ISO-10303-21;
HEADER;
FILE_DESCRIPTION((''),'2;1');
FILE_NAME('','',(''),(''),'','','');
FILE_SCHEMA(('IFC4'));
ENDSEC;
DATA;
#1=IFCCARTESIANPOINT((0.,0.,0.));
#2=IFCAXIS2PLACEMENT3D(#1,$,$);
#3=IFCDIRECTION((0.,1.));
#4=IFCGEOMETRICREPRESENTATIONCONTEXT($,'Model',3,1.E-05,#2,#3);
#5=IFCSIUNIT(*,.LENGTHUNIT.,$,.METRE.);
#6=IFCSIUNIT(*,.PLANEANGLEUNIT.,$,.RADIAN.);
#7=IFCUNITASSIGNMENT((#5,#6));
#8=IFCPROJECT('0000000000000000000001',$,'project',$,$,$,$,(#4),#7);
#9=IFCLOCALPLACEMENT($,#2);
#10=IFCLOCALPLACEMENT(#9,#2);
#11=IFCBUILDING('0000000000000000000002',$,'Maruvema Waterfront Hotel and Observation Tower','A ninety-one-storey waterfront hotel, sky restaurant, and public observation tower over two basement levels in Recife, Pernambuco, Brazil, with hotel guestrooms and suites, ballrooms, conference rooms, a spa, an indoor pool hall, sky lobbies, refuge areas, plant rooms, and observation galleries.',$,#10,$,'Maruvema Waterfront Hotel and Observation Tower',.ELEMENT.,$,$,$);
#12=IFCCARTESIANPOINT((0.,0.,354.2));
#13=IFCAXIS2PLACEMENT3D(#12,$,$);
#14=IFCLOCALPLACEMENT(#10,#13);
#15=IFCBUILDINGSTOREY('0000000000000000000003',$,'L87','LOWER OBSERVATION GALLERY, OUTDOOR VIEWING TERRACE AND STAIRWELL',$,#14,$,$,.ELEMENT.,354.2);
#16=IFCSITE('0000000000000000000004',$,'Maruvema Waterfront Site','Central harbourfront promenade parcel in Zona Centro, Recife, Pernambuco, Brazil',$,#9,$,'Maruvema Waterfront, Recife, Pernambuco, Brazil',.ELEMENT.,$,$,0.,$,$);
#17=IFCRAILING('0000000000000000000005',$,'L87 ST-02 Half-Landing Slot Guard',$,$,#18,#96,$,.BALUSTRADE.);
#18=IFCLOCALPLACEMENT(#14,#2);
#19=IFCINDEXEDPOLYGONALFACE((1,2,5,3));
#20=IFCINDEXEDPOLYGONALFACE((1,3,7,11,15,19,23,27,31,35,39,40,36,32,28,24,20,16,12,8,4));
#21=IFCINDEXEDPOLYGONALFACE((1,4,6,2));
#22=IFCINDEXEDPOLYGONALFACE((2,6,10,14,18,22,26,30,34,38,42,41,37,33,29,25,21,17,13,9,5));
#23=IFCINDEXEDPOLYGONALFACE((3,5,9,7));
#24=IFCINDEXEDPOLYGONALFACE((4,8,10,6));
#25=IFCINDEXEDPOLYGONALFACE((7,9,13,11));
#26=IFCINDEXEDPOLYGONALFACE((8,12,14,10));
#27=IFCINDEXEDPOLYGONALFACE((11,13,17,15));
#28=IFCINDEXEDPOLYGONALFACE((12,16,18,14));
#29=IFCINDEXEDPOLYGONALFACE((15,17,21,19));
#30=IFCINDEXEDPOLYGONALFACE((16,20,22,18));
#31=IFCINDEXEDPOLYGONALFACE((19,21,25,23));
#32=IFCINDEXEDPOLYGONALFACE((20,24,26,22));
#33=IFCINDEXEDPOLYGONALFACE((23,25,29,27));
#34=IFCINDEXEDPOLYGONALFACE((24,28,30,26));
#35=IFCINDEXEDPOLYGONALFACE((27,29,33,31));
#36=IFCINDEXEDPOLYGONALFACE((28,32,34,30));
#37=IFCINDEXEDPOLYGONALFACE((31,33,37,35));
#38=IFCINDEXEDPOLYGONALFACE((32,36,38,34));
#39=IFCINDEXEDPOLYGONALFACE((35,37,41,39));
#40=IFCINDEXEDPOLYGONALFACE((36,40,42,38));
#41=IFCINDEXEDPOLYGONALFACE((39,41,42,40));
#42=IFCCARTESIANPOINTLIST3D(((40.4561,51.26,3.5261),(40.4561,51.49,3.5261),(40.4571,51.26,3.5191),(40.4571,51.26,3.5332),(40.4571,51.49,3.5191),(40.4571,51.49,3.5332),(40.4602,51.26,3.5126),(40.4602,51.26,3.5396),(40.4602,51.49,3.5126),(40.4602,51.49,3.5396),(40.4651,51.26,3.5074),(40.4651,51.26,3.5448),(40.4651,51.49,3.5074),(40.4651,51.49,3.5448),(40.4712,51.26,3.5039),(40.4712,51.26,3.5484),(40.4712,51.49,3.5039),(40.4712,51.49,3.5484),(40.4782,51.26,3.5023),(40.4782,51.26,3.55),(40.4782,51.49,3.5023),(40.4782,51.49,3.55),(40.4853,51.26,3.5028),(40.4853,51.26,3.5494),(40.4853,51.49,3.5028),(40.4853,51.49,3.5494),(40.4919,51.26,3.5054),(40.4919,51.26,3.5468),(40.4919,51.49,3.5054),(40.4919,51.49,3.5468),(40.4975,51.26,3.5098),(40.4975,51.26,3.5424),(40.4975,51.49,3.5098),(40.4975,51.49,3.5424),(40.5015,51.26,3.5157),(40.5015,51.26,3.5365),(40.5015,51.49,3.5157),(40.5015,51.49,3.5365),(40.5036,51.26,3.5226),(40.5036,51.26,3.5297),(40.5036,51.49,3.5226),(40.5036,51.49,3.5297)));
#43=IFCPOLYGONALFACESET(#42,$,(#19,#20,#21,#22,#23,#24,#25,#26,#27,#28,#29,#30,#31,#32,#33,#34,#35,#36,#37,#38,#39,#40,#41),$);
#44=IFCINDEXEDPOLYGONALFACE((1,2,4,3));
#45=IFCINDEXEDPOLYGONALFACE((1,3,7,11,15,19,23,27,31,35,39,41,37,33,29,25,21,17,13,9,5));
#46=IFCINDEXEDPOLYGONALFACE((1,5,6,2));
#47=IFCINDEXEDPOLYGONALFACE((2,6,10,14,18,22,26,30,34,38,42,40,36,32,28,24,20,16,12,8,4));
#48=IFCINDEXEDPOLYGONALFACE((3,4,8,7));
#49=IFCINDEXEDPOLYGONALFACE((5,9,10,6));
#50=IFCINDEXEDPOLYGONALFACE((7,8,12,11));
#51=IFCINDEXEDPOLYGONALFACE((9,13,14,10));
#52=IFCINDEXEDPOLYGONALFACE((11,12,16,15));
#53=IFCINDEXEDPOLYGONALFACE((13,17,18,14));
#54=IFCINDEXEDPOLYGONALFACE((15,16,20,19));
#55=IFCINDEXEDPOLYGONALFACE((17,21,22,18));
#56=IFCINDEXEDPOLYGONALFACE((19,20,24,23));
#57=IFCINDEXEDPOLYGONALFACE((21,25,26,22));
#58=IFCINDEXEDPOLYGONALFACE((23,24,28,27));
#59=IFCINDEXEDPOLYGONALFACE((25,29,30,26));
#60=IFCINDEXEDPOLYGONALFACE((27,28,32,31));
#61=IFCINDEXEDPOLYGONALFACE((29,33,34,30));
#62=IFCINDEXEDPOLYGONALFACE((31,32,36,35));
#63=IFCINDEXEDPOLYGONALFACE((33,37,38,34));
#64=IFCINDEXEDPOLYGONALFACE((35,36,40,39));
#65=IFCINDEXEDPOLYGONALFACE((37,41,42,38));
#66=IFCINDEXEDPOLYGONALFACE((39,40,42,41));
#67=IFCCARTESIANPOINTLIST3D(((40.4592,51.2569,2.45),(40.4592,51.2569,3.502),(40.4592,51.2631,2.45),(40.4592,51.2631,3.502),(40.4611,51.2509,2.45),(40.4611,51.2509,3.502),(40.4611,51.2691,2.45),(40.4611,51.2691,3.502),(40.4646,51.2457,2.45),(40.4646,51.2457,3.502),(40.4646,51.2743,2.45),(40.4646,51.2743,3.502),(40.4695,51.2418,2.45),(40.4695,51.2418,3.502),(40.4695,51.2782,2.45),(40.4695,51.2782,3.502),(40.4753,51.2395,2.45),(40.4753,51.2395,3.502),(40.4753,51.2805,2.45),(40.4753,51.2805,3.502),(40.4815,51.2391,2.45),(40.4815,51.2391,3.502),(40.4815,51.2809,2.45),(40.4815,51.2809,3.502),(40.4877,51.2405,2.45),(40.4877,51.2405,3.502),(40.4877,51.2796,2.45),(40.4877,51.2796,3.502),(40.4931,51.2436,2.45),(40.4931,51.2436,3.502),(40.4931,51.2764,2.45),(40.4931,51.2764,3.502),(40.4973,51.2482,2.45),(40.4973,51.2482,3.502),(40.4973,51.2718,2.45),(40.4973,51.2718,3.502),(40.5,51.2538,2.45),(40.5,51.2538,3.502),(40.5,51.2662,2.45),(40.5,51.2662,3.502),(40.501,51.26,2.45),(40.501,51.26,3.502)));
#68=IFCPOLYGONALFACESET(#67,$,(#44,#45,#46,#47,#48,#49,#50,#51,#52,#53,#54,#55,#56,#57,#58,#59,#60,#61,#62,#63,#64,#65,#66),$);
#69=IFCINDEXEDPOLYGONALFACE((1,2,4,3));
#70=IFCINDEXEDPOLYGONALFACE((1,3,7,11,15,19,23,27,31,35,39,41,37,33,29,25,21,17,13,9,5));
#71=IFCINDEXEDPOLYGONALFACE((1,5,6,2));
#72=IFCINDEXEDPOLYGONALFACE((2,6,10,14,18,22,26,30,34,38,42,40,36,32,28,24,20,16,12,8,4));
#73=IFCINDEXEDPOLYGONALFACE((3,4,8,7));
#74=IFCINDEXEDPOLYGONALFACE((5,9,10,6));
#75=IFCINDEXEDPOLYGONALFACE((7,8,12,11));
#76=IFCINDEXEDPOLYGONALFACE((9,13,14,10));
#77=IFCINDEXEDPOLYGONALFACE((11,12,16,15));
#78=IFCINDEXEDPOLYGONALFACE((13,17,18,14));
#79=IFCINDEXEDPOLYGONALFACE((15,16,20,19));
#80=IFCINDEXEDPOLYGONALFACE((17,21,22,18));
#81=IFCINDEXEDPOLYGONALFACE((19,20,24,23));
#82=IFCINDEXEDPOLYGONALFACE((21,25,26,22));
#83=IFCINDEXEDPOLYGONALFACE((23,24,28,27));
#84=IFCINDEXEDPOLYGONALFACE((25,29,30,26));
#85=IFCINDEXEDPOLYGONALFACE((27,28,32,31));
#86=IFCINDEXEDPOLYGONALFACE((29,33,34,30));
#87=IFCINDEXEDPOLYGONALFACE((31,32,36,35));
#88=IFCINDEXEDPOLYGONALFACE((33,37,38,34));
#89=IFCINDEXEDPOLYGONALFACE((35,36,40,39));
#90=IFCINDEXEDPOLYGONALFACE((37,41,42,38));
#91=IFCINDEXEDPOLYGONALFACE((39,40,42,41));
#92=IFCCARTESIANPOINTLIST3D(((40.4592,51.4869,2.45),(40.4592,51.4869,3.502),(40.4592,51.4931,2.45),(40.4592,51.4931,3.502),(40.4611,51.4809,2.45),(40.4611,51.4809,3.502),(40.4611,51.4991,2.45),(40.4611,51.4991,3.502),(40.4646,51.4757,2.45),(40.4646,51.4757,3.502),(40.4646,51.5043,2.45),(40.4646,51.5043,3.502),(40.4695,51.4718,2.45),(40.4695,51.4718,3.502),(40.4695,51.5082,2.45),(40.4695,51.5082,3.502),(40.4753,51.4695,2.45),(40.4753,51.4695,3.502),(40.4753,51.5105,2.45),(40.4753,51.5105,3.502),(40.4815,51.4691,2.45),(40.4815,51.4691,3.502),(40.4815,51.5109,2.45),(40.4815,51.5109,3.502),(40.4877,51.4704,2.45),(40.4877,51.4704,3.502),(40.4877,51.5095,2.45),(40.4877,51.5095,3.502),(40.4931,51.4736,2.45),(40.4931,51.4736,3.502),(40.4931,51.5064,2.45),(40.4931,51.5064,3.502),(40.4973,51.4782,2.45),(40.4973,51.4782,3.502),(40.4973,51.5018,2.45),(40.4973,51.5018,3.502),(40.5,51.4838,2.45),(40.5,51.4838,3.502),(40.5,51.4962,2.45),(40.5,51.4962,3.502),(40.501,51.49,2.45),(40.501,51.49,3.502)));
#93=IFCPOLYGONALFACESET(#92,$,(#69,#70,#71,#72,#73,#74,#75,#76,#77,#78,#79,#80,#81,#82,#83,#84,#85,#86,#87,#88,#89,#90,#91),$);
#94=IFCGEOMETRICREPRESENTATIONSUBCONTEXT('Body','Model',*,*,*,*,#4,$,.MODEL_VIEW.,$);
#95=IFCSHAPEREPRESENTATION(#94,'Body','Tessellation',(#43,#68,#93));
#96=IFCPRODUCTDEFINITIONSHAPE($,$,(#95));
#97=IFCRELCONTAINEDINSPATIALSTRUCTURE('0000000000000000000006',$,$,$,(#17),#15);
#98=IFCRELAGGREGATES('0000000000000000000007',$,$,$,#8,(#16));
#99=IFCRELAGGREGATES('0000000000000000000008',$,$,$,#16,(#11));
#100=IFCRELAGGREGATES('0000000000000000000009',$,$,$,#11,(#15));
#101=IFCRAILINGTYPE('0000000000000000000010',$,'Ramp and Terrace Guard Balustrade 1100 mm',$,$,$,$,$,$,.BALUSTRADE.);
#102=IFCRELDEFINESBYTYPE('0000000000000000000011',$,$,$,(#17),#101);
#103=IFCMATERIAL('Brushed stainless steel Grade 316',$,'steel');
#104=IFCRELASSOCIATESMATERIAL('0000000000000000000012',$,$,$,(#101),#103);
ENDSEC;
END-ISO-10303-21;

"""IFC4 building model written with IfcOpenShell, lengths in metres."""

from ifc_helpers import new_model, si_unit, direction, frame, origin, origin_2d, place, context, subcontext, project, spatial, circle, extrude, material, type_object, element, save


model = new_model("IFC4")

# Units and contexts
model_context = context("Model", 3, precision=1e-05, world=origin(), true_north=direction((0.0, 1.0)))
body_context = subcontext(model_context, "Body", "Model", "MODEL_VIEW")
ifc_project = project(units=[si_unit("LENGTHUNIT", "METRE"), si_unit("PLANEANGLEUNIT", "RADIAN")], contexts=[model_context])

# Site, building, storey
site_placement = place(None, origin())
site = spatial("IfcSite", under=ifc_project, at=site_placement, Name="Maruvema Waterfront Site", Description="Central harbourfront promenade parcel in Zona Centro, Recife, Pernambuco, Brazil", LongName="Maruvema Waterfront, Recife, Pernambuco, Brazil", CompositionType="ELEMENT", RefElevation=0.0)
building_placement = place(site_placement, origin())
building = spatial("IfcBuilding", under=site, at=building_placement, Name="Maruvema Waterfront Hotel and Observation Tower", Description="A ninety-one-storey waterfront hotel, sky restaurant, and public observation tower over two basement levels in Recife, Pernambuco, Brazil, with hotel guestrooms and suites, ballrooms, conference rooms, a spa, an indoor pool hall, sky lobbies, refuge areas, plant rooms, and observation galleries.", LongName="Maruvema Waterfront Hotel and Observation Tower", CompositionType="ELEMENT")
storey_placement = place(building_placement, frame((0.0, 0.0, 354.2)))
storey = spatial("IfcBuildingStorey", under=building, at=storey_placement, Name="L87", Description="LOWER OBSERVATION GALLERY, OUTDOOR VIEWING TERRACE AND STAIRWELL", CompositionType="ELEMENT", Elevation=354.2)

# Railing
ifc_material_1 = material(Name="Brushed stainless steel Grade 316", Category="steel")
railing_type_1 = type_object("IfcRailingType", Name="Ramp and Terrace Guard Balustrade 1100 mm", PredefinedType="BALUSTRADE", material=ifc_material_1)
railing_1_placement = place(storey_placement, frame((40.48, 51.26, 2.45)))
element("IfcRailing", 1, at=railing_1_placement, inside=storey, type_object=railing_type_1, Name="L87 ST-02 Half-Landing Slot Guard", PredefinedType="BALUSTRADE", context=body_context, shape_type="SweptSolid", body=[
    extrude(circle(Radius=0.0239, at=origin_2d()), frame((0.0, 0.0, 1.0762), z_axis=(0.0, 1.0, 0.0), x_axis=(-1.0, 0.0, 0.0)), (0.0, 0.0, 1.0), 0.23),
    extrude(circle(Radius=0.021, at=origin_2d()), origin(), (0.0, 0.0, 1.0), 1.052),
    extrude(circle(Radius=0.021, at=origin_2d()), frame((0.0, 0.23, 0.0)), (0.0, 0.0, 1.0), 1.052),
])

save(model, "model.ifc")
